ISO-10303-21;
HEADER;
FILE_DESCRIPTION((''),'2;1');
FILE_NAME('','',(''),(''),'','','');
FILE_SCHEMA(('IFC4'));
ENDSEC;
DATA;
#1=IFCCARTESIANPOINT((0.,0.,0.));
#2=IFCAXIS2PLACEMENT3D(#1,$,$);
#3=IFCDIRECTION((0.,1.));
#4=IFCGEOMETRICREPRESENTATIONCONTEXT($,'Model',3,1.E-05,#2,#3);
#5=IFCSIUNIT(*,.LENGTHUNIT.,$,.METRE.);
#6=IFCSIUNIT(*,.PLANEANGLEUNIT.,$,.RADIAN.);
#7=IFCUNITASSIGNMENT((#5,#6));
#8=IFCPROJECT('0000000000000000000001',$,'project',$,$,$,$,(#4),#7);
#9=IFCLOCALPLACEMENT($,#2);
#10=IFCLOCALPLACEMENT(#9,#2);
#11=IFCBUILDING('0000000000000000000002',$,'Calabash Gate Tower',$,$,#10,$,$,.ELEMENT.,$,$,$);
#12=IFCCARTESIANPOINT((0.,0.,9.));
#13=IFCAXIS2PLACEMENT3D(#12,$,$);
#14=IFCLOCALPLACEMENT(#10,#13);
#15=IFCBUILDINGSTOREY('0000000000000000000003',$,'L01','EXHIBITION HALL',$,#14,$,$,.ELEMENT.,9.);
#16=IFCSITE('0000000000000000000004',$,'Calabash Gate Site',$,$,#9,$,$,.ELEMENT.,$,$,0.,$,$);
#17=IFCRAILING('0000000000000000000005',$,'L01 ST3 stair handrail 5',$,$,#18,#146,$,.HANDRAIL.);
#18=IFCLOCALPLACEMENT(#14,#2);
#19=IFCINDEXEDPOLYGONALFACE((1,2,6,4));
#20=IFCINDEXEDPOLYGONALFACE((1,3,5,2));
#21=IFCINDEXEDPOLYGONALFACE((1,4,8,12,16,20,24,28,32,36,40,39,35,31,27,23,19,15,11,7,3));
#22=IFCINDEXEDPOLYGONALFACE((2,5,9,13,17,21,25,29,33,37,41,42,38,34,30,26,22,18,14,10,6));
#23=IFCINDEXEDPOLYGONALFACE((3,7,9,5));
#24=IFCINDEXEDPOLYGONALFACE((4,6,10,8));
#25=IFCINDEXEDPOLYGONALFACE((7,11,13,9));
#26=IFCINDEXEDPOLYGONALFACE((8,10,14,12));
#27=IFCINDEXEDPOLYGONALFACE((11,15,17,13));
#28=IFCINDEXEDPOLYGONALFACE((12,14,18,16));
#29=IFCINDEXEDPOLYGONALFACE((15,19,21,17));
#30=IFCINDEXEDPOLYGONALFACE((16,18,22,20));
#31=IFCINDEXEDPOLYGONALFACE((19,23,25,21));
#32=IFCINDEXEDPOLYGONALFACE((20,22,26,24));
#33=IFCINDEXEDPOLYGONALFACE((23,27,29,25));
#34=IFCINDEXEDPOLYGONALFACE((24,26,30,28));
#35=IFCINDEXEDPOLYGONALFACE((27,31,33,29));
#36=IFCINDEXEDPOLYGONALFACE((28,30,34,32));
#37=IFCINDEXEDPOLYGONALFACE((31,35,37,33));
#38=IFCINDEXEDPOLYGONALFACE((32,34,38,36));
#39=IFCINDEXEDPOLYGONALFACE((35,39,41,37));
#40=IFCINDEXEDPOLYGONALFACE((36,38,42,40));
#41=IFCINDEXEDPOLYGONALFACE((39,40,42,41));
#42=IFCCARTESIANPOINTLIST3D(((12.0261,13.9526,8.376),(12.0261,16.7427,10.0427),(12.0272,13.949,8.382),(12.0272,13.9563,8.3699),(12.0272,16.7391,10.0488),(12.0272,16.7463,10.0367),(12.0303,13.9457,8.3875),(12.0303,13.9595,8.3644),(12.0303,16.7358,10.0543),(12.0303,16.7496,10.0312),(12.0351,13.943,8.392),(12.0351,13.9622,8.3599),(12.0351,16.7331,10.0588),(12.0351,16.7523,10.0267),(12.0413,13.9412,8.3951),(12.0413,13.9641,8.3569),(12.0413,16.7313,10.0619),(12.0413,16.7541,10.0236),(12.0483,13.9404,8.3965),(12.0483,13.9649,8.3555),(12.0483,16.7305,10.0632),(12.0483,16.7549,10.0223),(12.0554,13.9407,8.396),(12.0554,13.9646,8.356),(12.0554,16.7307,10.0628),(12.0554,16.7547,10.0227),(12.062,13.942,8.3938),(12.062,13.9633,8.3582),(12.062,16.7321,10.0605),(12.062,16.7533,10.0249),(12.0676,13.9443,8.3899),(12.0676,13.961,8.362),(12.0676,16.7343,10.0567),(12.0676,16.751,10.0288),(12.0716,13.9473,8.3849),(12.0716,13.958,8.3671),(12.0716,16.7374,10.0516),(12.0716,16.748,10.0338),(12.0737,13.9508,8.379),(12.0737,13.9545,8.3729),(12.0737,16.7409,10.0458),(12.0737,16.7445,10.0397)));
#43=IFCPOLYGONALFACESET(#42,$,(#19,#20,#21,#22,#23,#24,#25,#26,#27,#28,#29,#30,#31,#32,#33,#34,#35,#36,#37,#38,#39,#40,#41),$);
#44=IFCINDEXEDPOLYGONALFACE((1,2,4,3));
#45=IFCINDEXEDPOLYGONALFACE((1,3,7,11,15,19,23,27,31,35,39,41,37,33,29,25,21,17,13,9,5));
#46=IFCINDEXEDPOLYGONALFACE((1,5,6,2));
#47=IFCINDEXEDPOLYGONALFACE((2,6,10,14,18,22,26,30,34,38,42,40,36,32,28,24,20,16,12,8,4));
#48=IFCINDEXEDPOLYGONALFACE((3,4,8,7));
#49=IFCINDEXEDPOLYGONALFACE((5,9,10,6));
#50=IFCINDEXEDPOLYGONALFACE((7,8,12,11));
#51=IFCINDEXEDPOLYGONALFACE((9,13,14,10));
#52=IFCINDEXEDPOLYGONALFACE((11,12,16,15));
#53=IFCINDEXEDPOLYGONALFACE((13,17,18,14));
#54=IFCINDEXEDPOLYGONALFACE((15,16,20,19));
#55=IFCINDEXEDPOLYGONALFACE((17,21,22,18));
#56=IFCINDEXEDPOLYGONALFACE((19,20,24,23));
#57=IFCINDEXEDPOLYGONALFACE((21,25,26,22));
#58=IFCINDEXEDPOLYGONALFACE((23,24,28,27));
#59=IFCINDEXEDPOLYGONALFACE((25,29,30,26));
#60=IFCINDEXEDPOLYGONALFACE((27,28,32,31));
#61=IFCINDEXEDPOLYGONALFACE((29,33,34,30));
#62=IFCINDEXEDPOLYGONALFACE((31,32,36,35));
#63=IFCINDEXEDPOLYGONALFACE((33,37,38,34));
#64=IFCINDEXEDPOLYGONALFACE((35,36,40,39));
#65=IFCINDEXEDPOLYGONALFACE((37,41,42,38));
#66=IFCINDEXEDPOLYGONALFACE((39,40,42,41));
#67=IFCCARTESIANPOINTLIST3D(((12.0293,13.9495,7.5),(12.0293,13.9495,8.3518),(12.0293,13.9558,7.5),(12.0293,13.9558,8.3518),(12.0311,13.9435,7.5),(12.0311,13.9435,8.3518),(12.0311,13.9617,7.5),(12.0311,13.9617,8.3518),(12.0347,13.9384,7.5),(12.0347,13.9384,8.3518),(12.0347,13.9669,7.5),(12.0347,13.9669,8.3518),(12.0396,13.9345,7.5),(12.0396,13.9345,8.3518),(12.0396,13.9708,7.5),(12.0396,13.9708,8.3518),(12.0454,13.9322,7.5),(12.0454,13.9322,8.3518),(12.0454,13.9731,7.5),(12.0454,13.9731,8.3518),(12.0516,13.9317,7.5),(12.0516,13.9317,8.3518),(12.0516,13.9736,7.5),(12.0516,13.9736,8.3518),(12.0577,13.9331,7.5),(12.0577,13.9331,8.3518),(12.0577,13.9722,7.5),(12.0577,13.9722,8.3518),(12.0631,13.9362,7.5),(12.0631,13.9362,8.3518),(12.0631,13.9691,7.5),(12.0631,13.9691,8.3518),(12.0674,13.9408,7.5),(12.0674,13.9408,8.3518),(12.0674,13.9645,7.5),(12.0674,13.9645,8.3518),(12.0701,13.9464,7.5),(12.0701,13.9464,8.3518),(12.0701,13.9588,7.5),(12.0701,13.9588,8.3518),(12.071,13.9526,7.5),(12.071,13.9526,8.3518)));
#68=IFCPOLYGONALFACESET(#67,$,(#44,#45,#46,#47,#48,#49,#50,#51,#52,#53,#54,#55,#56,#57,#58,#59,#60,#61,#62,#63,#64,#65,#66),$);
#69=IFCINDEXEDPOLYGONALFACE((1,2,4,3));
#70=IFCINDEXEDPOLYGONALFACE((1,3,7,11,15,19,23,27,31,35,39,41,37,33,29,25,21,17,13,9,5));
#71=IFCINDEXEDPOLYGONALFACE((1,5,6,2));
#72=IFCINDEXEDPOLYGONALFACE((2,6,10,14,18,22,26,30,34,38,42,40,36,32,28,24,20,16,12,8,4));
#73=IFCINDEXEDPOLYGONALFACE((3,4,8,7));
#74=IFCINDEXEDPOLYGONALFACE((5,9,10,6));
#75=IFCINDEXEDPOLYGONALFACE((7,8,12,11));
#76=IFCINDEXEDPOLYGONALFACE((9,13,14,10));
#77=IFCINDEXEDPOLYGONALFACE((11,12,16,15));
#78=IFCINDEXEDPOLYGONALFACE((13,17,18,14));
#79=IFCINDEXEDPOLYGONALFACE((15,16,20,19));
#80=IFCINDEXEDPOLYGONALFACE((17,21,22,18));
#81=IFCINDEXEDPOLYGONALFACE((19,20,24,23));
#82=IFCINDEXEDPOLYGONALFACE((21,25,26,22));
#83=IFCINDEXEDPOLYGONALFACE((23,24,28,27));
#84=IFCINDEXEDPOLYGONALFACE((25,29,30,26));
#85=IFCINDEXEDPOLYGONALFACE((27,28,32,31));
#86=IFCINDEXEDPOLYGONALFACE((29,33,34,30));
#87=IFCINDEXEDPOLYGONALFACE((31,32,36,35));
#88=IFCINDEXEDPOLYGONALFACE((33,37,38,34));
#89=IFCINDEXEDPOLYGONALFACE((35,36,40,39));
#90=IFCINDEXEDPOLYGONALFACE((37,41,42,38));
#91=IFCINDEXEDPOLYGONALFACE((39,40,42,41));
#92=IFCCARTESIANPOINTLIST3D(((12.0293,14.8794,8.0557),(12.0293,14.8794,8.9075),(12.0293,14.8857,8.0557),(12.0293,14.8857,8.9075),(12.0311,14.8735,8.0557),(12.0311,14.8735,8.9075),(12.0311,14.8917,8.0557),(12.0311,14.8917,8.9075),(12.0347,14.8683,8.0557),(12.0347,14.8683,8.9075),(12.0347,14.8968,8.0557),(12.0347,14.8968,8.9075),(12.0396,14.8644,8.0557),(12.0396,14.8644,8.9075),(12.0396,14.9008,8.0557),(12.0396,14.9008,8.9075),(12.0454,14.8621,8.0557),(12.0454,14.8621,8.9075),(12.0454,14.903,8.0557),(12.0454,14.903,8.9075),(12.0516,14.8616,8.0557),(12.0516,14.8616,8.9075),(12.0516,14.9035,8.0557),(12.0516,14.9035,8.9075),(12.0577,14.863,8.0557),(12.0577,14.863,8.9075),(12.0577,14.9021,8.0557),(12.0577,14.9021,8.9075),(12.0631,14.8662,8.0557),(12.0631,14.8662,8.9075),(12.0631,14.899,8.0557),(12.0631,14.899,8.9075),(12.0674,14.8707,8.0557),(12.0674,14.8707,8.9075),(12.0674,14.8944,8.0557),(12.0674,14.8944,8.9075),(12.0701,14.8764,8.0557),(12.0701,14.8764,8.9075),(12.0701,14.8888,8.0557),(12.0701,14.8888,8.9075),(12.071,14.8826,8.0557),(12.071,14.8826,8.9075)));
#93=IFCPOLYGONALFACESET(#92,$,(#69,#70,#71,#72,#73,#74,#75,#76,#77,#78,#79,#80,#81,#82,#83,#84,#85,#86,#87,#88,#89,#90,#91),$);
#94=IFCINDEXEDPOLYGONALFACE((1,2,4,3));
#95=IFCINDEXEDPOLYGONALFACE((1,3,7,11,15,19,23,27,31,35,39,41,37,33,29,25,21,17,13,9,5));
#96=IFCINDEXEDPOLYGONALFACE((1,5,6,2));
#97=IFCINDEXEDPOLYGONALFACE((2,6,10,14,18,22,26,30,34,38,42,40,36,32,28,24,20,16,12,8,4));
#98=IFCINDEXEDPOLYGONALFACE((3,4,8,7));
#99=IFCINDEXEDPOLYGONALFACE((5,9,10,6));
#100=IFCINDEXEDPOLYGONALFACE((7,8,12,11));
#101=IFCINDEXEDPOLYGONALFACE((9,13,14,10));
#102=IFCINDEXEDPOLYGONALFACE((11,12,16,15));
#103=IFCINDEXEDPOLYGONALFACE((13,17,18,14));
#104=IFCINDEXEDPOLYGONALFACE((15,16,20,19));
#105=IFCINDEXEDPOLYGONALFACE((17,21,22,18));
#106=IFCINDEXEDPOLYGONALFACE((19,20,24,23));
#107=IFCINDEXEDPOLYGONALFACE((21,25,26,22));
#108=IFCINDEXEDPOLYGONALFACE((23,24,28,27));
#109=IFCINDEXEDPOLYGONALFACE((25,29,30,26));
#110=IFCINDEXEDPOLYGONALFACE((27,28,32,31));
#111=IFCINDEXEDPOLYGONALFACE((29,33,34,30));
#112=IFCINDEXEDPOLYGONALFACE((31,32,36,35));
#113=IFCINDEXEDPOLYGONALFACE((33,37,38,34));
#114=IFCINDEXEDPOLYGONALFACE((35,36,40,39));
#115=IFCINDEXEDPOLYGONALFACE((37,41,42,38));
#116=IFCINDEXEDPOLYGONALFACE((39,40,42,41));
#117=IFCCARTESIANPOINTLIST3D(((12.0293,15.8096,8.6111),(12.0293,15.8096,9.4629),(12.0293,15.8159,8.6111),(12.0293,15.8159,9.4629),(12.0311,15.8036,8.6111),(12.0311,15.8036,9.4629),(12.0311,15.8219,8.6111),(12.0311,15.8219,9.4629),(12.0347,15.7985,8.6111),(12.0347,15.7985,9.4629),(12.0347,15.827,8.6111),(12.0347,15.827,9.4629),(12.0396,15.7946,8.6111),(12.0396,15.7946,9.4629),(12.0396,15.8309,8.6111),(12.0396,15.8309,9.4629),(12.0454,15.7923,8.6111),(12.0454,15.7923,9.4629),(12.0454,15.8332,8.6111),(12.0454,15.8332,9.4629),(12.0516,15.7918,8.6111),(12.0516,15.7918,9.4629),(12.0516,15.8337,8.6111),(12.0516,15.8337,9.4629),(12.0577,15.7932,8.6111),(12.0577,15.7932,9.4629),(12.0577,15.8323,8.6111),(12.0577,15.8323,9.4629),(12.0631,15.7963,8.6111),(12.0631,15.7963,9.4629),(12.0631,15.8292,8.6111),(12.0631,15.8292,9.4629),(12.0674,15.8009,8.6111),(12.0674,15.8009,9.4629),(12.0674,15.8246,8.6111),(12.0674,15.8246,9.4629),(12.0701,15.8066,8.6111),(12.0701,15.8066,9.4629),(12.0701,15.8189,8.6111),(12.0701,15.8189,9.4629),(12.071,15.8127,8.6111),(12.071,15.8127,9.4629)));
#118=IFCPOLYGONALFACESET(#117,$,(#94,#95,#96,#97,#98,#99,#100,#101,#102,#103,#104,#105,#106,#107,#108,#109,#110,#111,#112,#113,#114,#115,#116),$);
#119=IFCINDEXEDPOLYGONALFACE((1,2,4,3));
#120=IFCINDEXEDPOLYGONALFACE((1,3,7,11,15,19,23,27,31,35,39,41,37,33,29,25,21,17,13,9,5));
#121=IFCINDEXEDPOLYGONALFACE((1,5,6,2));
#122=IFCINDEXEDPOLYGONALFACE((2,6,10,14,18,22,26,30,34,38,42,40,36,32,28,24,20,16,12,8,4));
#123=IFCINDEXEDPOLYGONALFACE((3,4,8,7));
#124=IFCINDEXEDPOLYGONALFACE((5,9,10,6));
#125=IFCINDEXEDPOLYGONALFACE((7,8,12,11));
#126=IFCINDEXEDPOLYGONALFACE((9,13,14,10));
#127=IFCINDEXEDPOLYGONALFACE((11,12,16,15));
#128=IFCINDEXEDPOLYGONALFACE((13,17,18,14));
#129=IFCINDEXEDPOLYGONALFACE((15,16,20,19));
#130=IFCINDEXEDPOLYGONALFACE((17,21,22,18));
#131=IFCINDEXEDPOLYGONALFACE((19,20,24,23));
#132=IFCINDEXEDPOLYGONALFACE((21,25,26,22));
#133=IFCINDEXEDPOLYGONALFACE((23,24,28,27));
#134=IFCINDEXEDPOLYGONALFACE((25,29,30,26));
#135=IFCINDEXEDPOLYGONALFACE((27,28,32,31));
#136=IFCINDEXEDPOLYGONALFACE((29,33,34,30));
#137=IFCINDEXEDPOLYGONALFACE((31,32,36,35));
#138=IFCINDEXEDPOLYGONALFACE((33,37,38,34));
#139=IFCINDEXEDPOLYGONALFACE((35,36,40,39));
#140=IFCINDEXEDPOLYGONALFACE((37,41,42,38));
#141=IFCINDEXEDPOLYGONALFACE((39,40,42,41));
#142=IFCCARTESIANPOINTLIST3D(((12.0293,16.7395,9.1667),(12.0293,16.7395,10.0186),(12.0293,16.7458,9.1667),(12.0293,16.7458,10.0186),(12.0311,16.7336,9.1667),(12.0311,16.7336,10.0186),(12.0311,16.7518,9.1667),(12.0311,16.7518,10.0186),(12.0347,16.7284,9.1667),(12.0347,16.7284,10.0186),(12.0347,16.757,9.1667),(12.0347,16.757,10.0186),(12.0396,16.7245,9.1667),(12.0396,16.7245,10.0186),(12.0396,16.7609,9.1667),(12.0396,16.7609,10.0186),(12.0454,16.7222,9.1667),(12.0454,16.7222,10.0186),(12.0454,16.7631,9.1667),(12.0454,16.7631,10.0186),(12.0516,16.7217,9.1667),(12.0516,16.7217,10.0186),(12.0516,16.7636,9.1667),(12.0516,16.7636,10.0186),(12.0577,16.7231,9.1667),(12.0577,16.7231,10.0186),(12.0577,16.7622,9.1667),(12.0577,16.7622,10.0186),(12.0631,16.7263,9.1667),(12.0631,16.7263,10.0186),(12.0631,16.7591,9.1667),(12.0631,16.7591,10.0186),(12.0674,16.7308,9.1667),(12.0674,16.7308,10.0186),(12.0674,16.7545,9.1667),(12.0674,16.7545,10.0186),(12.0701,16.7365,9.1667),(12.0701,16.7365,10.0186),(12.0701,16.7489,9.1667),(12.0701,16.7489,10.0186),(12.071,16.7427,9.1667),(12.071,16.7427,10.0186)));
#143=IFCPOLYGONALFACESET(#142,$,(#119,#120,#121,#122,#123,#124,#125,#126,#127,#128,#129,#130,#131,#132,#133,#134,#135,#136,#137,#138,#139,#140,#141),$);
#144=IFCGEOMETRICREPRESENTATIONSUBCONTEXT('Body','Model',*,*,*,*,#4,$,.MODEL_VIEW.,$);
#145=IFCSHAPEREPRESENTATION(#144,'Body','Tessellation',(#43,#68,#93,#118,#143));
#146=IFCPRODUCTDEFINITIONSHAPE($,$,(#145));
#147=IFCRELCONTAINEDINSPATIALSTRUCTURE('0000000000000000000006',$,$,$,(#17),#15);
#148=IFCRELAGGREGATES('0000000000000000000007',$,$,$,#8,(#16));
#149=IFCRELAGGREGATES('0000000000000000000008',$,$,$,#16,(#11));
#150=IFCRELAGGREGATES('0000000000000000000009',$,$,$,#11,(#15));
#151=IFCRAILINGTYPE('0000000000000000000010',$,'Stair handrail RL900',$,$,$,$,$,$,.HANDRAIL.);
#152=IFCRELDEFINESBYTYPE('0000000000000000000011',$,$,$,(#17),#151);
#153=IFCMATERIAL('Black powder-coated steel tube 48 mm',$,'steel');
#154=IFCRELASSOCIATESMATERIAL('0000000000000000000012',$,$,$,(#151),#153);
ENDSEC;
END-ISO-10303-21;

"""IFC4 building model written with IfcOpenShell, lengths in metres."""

from ifc_helpers import new_model, si_unit, direction, frame, origin, origin_2d, place, context, subcontext, project, spatial, circle, extrude, material, type_object, element, save


model = new_model("IFC4")

# Units and contexts
model_context = context("Model", 3, precision=1e-05, world=origin(), true_north=direction((0.0, 1.0)))
body_context = subcontext(model_context, "Body", "Model", "MODEL_VIEW")
ifc_project = project(units=[si_unit("LENGTHUNIT", "METRE"), si_unit("PLANEANGLEUNIT", "RADIAN")], contexts=[model_context])

# Site, building, storey
site_placement = place(None, origin())
site = spatial("IfcSite", under=ifc_project, at=site_placement, Name="Calabash Gate Site", CompositionType="ELEMENT", RefElevation=0.0)
building_placement = place(site_placement, origin())
building = spatial("IfcBuilding", under=site, at=building_placement, Name="Calabash Gate Tower", CompositionType="ELEMENT")
storey_placement = place(building_placement, frame((0.0, 0.0, 9.0)))
storey = spatial("IfcBuildingStorey", under=building, at=storey_placement, Name="L01", Description="EXHIBITION HALL", CompositionType="ELEMENT", Elevation=9.0)

# Railing
ifc_material_1 = material(Name="Black powder-coated steel tube 48 mm", Category="steel")
railing_type_1 = type_object("IfcRailingType", Name="Stair handrail RL900", PredefinedType="HANDRAIL", material=ifc_material_1)
railing_1_placement = place(storey_placement, frame((12.05, 13.9526, 7.5)))
element("IfcRailing", 1, at=railing_1_placement, inside=storey, type_object=railing_type_1, Name="L01 ST3 stair handrail 5", PredefinedType="HANDRAIL", context=body_context, shape_type="SweptSolid", body=[
    extrude(circle(Radius=0.0239, at=origin_2d()), frame((0.0, 0.0, 0.876), z_axis=(0.0, 0.858479, 0.512849), x_axis=(-1.0, 0.0, 0.0)), (0.0, 0.0, 1.0), 3.25),
    extrude(circle(Radius=0.021, at=origin_2d()), origin(), (0.0, 0.0, 1.0), 0.8518),
    extrude(circle(Radius=0.021, at=origin_2d()), frame((0.0, 0.9299, 0.5557)), (0.0, 0.0, 1.0), 0.8518),
    extrude(circle(Radius=0.021, at=origin_2d()), frame((0.0, 1.8601, 1.1111)), (0.0, 0.0, 1.0), 0.8518),
    extrude(circle(Radius=0.021, at=origin_2d()), frame((0.0, 2.79, 1.6667)), (0.0, 0.0, 1.0), 0.8518),
])

save(model, "model.ifc")
